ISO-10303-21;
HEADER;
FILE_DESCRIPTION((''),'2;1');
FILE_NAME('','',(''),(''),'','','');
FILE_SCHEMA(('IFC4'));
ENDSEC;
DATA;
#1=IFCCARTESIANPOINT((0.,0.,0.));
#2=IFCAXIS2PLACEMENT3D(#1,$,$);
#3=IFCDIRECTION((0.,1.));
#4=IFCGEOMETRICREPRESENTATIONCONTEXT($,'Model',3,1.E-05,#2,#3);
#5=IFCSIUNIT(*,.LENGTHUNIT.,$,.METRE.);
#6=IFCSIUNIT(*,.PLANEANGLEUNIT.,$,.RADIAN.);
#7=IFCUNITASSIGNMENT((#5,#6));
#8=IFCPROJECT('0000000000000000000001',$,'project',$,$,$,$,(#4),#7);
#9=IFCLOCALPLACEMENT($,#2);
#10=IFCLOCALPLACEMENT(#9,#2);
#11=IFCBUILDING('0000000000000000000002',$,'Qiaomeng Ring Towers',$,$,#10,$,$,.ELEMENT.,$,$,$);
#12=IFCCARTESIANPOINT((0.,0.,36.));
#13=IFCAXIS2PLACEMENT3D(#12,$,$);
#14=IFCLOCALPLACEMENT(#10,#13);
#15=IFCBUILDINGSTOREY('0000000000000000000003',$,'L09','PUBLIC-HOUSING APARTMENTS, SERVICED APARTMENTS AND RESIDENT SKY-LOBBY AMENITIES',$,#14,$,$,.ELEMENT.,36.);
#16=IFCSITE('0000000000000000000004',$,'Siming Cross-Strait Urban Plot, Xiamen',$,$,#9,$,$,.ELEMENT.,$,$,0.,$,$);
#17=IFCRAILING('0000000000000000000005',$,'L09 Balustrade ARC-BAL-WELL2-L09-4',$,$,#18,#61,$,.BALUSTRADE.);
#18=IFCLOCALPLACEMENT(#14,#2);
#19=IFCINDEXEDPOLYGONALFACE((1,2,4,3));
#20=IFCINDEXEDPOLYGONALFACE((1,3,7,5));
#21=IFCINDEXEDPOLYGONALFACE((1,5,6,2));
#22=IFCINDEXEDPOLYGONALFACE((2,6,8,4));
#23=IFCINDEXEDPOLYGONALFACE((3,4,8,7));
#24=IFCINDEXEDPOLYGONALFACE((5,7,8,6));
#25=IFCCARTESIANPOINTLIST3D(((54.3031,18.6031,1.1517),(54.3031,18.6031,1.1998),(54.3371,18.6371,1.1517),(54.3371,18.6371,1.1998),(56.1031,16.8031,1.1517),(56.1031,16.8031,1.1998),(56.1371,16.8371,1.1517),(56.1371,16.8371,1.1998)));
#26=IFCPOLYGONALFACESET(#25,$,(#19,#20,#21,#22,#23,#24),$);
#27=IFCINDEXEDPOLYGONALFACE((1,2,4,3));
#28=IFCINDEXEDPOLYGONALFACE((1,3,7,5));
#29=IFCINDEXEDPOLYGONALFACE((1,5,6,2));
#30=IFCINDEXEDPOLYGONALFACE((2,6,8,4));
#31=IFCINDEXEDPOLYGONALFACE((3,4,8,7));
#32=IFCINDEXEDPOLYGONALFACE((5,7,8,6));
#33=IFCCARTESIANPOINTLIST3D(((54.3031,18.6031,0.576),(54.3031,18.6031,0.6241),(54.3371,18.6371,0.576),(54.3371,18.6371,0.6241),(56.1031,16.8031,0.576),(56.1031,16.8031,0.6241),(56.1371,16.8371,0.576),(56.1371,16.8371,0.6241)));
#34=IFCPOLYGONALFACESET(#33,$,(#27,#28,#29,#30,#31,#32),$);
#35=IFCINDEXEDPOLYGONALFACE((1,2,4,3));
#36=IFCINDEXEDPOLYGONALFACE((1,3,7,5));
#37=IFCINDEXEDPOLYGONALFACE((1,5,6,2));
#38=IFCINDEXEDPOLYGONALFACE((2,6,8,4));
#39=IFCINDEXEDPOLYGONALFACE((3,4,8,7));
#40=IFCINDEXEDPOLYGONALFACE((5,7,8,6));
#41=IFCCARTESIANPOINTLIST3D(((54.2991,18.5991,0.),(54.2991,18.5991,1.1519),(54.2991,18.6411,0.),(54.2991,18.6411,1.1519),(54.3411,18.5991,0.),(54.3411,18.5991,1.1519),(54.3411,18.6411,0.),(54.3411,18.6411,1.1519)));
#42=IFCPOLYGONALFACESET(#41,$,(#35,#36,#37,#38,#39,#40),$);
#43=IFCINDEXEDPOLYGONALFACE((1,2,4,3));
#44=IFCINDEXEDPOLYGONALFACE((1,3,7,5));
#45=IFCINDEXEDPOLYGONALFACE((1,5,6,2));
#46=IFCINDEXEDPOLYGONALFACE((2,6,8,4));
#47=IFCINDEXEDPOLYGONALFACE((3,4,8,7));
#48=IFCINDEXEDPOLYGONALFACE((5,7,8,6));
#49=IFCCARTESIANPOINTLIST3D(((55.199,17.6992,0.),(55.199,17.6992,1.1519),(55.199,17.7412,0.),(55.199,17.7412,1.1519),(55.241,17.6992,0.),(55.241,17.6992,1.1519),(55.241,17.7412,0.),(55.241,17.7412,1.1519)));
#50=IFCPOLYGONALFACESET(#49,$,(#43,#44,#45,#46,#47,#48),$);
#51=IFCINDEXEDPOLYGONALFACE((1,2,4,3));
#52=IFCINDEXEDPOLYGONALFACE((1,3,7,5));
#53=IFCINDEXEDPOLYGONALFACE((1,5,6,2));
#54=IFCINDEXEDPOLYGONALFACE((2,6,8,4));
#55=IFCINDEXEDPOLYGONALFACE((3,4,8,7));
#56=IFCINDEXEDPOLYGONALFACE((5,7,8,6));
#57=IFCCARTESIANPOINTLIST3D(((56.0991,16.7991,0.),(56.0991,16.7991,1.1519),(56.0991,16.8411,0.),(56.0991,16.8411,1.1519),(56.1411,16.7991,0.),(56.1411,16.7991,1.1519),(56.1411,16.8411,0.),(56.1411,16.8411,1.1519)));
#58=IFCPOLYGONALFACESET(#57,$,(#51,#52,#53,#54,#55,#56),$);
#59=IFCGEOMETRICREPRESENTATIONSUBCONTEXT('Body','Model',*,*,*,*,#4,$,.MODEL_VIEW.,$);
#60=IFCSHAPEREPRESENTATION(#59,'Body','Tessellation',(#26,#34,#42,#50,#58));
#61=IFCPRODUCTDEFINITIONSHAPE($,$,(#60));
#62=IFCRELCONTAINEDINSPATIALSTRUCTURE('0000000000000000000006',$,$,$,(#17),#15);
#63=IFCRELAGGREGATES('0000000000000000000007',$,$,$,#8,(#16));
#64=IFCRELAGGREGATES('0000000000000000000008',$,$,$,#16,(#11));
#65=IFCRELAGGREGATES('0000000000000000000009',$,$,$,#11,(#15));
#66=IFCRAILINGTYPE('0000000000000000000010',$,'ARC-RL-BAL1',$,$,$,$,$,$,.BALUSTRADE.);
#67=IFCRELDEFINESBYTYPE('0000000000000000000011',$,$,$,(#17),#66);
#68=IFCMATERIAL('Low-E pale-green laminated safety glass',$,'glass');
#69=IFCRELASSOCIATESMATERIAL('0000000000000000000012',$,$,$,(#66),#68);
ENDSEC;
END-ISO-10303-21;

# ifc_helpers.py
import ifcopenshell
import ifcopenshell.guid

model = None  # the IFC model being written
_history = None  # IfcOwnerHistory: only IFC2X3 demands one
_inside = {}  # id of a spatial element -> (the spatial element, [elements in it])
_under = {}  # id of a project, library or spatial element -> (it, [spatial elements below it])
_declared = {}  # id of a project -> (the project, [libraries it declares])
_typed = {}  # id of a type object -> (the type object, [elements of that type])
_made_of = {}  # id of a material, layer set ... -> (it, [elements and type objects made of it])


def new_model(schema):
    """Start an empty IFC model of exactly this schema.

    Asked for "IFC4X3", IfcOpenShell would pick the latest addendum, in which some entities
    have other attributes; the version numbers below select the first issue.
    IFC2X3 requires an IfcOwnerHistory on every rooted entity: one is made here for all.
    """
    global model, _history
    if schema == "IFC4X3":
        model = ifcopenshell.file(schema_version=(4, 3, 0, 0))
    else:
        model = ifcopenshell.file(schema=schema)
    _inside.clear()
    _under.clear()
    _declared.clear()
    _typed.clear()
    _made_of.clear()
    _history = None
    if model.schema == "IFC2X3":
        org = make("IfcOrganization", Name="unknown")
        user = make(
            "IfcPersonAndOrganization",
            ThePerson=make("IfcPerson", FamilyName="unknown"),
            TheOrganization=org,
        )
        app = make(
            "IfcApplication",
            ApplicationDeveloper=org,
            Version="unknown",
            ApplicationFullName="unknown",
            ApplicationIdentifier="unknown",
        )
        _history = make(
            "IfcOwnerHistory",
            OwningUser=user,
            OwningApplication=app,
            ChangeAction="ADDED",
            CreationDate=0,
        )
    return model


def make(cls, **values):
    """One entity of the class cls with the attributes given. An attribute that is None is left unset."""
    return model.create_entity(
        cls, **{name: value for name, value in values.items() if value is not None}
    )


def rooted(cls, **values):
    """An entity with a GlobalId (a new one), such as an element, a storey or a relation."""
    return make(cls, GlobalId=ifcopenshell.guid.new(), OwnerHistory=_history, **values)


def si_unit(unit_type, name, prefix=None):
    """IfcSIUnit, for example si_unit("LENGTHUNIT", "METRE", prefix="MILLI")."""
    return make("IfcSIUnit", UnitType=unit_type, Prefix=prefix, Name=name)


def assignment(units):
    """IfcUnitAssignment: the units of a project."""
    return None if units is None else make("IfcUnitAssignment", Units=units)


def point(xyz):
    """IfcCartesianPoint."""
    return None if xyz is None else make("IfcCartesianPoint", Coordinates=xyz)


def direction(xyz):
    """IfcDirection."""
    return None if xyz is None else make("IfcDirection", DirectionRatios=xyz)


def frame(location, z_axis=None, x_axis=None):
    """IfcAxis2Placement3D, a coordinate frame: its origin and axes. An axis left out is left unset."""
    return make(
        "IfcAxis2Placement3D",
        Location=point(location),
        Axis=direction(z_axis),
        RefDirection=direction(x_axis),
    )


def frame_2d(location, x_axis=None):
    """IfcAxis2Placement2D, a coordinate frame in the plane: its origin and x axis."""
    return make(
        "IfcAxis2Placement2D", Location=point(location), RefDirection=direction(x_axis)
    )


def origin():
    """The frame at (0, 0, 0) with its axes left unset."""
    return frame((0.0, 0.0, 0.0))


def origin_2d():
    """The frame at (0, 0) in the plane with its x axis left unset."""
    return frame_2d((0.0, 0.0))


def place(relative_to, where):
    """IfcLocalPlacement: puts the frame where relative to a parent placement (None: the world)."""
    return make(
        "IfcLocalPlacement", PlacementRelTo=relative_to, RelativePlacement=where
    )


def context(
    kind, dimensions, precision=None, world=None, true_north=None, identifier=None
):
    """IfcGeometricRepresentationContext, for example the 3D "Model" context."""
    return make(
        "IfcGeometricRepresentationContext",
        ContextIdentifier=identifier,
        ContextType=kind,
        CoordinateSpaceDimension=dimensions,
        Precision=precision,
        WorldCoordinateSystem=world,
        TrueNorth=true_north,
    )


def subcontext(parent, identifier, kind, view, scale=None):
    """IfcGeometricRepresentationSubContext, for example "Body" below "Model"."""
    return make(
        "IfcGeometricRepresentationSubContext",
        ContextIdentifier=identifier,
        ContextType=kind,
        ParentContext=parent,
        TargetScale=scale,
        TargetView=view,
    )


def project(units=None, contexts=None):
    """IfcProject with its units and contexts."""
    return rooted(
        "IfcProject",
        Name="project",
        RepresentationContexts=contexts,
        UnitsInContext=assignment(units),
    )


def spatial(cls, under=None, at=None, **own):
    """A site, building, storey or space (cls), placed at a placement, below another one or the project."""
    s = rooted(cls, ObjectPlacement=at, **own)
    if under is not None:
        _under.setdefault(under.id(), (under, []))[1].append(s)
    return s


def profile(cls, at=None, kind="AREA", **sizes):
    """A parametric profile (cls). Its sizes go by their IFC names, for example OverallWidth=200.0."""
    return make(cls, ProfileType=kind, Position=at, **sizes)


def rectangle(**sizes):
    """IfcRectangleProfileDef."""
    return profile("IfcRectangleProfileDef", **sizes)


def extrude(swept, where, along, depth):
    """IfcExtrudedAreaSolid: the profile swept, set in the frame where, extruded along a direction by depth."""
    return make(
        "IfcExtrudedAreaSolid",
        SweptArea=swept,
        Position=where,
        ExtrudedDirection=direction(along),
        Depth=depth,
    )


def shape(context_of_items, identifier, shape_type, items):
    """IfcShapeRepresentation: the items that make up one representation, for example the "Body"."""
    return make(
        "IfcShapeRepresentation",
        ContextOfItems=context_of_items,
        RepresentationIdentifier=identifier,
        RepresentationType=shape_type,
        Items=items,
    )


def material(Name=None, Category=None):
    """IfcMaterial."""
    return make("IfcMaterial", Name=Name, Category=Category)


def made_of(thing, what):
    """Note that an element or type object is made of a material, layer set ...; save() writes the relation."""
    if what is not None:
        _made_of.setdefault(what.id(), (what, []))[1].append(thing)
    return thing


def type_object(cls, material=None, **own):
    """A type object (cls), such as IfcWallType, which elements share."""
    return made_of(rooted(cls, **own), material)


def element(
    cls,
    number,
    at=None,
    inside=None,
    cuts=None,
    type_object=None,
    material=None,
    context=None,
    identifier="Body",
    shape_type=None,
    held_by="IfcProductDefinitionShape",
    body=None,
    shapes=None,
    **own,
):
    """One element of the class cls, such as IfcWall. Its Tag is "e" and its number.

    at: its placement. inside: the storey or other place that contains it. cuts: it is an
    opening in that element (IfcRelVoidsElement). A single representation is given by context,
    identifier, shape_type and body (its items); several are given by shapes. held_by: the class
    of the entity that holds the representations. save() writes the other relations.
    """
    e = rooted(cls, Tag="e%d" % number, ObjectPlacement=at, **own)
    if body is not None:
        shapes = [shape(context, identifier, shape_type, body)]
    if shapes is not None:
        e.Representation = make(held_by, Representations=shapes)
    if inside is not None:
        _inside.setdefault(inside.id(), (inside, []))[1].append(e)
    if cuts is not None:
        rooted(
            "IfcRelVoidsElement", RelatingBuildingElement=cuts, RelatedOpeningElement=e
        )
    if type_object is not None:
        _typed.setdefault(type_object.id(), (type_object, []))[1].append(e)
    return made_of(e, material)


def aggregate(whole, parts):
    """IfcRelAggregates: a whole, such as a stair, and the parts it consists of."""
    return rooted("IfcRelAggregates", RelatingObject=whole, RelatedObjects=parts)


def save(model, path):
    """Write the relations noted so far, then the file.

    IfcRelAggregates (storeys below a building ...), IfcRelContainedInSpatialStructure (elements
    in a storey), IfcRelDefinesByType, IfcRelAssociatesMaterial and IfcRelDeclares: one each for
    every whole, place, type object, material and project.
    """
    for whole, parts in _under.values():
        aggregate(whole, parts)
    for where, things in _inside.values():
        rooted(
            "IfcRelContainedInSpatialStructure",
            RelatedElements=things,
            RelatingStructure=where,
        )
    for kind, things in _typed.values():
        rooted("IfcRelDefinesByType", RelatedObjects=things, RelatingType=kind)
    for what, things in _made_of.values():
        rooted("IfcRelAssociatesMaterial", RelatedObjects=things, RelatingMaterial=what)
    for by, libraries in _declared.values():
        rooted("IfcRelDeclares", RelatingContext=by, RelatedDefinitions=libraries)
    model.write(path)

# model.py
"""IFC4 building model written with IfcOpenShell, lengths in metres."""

from ifc_helpers import new_model, si_unit, direction, frame, origin, origin_2d, place, context, subcontext, project, spatial, rectangle, extrude, material, type_object, element, save


model = new_model("IFC4")

# Units and contexts
model_context = context("Model", 3, precision=1e-05, world=origin(), true_north=direction((0.0, 1.0)))
body_context = subcontext(model_context, "Body", "Model", "MODEL_VIEW")
ifc_project = project(units=[si_unit("LENGTHUNIT", "METRE"), si_unit("PLANEANGLEUNIT", "RADIAN")], contexts=[model_context])

# Site, building, storey
site_placement = place(None, origin())
site = spatial("IfcSite", under=ifc_project, at=site_placement, Name="Siming Cross-Strait Urban Plot, Xiamen", CompositionType="ELEMENT", RefElevation=0.0)
building_placement = place(site_placement, origin())
building = spatial("IfcBuilding", under=site, at=building_placement, Name="Qiaomeng Ring Towers", CompositionType="ELEMENT")
storey_placement = place(building_placement, frame((0.0, 0.0, 36.0)))
storey = spatial("IfcBuildingStorey", under=building, at=storey_placement, Name="L09", Description="PUBLIC-HOUSING APARTMENTS, SERVICED APARTMENTS AND RESIDENT SKY-LOBBY AMENITIES", CompositionType="ELEMENT", Elevation=36.0)

# Railing
ifc_material_1 = material(Name="Low-E pale-green laminated safety glass", Category="glass")
railing_type = type_object("IfcRailingType", Name="ARC-RL-BAL1", PredefinedType="BALUSTRADE", material=ifc_material_1)
railing_placement = place(storey_placement, frame((54.3201, 18.6201, 0.0)))
element("IfcRailing", 1, at=railing_placement, inside=storey, type_object=railing_type, Name="L09 Balustrade ARC-BAL-WELL2-L09-4", PredefinedType="BALUSTRADE", context=body_context, shape_type="SweptSolid", body=[
    extrude(rectangle(XDim=0.0481, YDim=0.0481, at=origin_2d()), frame((0.0, 0.0, 1.1758), z_axis=(0.707107, -0.707107, 0.0), x_axis=(0.707107, 0.707107, 0.0)), (0.0, 0.0, 1.0), 2.5457),
    extrude(rectangle(XDim=0.0481, YDim=0.0481, at=origin_2d()), frame((0.0, 0.0, 0.6001), z_axis=(0.707107, -0.707107, 0.0), x_axis=(0.707107, 0.707107, 0.0)), (0.0, 0.0, 1.0), 2.5457),
    extrude(rectangle(XDim=0.042, YDim=0.042, at=origin_2d()), origin(), (0.0, 0.0, 1.0), 1.1519),
    extrude(rectangle(XDim=0.042, YDim=0.042, at=origin_2d()), frame((0.8999, -0.8999, 0.0)), (0.0, 0.0, 1.0), 1.1519),
    extrude(rectangle(XDim=0.042, YDim=0.042, at=origin_2d()), frame((1.8, -1.8, 0.0)), (0.0, 0.0, 1.0), 1.1519),
])

save(model, "model.ifc")
